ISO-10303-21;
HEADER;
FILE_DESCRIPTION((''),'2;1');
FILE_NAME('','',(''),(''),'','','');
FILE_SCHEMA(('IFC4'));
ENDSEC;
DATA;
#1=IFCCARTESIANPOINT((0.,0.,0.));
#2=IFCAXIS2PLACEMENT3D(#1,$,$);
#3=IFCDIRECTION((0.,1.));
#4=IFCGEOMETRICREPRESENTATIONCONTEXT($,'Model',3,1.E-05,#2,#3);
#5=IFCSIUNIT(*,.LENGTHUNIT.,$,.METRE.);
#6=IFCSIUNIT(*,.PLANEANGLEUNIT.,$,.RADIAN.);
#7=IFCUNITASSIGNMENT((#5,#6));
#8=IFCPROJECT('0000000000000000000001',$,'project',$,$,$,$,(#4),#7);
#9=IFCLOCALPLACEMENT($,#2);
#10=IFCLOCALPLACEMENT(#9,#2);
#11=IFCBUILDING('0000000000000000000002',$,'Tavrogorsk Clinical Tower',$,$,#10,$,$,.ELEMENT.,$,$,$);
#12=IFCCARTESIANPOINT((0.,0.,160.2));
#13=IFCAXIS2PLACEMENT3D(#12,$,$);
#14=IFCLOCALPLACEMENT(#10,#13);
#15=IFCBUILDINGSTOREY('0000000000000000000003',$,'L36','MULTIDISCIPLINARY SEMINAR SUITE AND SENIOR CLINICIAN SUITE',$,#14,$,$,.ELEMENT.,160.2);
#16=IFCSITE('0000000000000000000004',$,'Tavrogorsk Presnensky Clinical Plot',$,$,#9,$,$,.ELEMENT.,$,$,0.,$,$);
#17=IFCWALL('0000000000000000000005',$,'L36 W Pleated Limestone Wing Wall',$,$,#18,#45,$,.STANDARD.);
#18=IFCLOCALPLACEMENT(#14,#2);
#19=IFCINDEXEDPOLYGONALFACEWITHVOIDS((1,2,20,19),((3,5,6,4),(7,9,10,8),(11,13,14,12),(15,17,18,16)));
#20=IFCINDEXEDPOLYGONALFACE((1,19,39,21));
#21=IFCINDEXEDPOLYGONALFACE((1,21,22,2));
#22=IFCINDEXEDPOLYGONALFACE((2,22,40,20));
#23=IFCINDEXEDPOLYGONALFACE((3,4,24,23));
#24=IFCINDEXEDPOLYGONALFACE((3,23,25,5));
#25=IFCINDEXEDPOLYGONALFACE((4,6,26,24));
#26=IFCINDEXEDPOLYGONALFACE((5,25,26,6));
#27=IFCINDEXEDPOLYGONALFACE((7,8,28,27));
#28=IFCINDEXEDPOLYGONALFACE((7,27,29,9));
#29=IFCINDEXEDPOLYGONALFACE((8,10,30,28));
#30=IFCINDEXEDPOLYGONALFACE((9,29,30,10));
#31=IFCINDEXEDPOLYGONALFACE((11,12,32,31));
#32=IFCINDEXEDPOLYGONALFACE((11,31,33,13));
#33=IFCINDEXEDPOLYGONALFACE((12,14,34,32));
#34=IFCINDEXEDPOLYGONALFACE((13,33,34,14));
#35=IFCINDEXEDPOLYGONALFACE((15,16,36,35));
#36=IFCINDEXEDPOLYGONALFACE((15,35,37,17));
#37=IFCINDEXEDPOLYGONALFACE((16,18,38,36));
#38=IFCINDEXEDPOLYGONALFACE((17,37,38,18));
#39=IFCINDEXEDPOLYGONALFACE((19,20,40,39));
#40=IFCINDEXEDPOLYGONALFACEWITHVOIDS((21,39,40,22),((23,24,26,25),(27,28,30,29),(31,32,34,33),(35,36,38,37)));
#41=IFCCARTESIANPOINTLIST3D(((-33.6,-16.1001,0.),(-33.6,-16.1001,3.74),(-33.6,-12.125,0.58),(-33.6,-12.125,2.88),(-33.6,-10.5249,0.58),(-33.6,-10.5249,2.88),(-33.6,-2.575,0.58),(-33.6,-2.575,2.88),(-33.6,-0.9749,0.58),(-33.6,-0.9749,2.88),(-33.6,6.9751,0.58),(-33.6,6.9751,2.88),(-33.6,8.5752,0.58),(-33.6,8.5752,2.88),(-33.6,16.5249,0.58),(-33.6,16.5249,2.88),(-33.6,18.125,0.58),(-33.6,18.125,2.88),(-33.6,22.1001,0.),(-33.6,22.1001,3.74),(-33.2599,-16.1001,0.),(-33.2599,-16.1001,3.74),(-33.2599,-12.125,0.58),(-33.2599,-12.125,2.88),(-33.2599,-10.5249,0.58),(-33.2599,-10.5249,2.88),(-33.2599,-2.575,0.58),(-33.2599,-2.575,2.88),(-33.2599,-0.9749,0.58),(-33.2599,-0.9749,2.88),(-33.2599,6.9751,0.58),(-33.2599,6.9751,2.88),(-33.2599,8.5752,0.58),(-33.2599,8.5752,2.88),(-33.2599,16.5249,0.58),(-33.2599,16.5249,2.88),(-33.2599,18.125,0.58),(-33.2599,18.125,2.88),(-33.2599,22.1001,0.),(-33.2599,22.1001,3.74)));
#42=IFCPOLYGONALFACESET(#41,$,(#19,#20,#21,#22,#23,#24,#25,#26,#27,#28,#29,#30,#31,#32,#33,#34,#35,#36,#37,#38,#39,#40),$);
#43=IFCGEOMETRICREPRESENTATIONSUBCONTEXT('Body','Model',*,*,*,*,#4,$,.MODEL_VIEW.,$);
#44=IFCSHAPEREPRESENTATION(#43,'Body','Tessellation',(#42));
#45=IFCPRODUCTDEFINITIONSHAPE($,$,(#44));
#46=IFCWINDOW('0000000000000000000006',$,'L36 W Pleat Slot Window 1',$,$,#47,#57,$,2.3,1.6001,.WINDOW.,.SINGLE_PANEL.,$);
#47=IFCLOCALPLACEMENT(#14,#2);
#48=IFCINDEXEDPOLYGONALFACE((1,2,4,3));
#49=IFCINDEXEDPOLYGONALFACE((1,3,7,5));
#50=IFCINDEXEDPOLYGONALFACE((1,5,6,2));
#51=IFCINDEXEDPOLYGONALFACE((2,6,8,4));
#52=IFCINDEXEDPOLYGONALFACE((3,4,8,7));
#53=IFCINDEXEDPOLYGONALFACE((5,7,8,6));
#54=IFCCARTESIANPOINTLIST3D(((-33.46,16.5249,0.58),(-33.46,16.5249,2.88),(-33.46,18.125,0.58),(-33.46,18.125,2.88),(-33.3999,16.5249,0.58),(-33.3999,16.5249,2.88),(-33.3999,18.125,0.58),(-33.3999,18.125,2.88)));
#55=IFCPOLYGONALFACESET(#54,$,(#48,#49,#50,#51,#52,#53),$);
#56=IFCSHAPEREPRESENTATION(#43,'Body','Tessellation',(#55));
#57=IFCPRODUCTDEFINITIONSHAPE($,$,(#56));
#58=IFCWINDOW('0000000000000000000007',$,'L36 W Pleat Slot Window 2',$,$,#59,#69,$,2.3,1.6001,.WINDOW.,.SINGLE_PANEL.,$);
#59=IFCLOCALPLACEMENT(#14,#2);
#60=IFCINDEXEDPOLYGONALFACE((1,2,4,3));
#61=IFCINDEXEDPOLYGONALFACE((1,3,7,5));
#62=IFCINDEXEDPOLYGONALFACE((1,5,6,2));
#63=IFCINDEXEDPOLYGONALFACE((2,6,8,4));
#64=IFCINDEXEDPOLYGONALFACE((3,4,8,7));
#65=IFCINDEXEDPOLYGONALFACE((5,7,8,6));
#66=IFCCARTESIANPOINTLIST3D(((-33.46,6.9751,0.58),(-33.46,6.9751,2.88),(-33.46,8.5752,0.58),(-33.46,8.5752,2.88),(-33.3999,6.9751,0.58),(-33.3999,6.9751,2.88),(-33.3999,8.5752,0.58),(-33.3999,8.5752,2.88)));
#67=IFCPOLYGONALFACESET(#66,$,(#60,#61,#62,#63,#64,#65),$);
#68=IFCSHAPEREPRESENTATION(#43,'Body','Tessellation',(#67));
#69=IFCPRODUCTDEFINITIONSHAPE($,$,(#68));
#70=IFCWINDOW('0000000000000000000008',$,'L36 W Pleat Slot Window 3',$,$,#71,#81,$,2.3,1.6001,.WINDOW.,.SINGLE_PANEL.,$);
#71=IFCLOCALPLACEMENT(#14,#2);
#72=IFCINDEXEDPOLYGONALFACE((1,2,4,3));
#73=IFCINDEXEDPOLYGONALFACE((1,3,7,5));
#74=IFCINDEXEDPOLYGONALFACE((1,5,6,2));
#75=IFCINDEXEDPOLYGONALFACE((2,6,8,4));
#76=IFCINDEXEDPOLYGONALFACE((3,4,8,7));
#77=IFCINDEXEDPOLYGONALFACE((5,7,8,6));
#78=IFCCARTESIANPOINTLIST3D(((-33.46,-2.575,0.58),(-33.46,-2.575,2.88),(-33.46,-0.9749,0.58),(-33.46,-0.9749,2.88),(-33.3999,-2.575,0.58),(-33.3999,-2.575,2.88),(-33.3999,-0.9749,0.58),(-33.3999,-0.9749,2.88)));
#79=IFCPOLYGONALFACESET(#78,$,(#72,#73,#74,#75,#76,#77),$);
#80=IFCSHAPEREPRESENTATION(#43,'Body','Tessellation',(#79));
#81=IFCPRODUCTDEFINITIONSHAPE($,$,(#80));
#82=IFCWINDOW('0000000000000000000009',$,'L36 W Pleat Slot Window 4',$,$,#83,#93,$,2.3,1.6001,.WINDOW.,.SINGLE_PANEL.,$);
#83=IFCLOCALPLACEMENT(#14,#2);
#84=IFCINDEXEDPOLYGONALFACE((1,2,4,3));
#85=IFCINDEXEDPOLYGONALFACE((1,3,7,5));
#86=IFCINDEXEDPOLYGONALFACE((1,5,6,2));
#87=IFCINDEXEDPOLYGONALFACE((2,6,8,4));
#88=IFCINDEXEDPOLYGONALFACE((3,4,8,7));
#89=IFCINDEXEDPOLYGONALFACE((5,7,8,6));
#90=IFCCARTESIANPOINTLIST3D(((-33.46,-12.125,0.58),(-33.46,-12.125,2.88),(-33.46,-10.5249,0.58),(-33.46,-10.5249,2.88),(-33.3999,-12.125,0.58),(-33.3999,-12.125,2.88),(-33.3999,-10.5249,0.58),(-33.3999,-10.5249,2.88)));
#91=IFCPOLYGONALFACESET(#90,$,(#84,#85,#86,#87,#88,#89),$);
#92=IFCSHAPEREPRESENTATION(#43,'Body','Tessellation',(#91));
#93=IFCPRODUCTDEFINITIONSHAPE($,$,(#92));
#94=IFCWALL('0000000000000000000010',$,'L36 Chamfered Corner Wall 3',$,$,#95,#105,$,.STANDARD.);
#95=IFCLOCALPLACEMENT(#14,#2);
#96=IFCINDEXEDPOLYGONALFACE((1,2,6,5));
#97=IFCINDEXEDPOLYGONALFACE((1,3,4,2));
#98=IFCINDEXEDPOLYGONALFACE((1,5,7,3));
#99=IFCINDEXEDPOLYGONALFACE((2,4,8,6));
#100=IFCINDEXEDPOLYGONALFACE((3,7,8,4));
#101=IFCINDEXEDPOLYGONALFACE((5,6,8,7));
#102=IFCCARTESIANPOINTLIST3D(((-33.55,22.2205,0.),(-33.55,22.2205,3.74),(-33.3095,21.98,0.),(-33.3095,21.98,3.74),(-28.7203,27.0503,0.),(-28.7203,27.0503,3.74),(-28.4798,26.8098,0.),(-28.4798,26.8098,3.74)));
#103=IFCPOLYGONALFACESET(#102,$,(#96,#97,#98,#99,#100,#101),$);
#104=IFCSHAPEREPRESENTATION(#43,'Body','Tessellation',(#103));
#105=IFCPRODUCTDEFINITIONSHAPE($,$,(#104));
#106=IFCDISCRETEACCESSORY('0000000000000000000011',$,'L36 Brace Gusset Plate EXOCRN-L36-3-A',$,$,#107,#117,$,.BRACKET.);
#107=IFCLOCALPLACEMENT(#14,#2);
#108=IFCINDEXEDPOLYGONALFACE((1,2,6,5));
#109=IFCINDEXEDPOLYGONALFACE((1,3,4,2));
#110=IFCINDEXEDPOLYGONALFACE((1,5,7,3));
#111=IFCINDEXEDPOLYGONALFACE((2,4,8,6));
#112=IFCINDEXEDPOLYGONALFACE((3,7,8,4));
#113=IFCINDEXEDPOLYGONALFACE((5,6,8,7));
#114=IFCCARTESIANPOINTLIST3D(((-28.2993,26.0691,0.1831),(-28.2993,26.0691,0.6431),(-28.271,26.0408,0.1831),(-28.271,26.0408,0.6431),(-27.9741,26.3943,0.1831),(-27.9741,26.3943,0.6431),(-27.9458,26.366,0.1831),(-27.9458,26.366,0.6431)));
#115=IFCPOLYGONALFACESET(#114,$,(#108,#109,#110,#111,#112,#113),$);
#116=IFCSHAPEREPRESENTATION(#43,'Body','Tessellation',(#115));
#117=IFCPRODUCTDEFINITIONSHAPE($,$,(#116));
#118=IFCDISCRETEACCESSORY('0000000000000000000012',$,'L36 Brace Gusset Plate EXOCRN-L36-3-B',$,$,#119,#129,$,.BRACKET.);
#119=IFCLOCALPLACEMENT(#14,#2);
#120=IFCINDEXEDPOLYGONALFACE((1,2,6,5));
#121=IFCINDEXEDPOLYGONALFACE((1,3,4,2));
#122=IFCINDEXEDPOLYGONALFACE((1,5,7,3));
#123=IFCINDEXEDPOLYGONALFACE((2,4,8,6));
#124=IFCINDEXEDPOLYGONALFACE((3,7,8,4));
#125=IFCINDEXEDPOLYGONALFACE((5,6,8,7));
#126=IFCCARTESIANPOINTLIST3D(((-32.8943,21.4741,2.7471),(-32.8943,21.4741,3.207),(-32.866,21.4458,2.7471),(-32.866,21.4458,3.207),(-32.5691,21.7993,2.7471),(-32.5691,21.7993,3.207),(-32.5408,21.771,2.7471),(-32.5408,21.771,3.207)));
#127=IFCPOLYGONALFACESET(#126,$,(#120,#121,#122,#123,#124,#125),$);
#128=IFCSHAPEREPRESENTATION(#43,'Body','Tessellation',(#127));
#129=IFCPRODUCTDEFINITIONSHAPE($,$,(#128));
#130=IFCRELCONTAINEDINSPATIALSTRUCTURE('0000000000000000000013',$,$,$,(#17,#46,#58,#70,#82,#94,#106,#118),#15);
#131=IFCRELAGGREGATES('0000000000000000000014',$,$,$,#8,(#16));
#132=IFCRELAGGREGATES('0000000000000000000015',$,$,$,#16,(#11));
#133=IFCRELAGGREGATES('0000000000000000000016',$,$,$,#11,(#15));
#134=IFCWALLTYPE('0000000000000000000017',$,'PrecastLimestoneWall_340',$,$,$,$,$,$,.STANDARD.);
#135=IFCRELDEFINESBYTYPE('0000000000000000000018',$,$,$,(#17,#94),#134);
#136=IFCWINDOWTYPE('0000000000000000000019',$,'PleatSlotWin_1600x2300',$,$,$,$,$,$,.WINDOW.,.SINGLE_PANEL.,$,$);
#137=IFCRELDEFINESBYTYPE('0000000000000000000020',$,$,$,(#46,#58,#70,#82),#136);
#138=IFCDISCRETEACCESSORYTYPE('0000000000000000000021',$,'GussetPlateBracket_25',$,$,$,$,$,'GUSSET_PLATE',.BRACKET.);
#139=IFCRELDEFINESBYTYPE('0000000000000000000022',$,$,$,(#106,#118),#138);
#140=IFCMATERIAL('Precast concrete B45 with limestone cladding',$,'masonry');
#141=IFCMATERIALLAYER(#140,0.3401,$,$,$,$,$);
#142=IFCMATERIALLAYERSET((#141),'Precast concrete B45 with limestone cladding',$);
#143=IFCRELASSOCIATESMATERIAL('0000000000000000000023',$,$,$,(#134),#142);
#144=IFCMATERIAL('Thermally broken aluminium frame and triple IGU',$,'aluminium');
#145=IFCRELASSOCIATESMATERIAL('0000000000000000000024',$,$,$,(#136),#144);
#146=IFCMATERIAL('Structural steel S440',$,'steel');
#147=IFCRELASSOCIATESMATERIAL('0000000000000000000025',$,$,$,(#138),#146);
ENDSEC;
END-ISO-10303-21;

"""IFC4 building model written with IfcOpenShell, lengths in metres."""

from ifc_helpers import new_model, si_unit, direction, frame, frame_2d, origin, origin_2d, place, context, subcontext, project, spatial, rectangle, extrude, material, layer, layer_set, type_object, element, fill, save


model = new_model("IFC4")

# Units and contexts
model_context = context("Model", 3, precision=1e-05, world=origin(), true_north=direction((0.0, 1.0)))
body_context = subcontext(model_context, "Body", "Model", "MODEL_VIEW")
ifc_project = project(units=[si_unit("LENGTHUNIT", "METRE"), si_unit("PLANEANGLEUNIT", "RADIAN")], contexts=[model_context])

# Site, building, storey
site_placement = place(None, origin())
site = spatial("IfcSite", under=ifc_project, at=site_placement, Name="Tavrogorsk Presnensky Clinical Plot", CompositionType="ELEMENT", RefElevation=0.0)
building_placement = place(site_placement, origin())
building = spatial("IfcBuilding", under=site, at=building_placement, Name="Tavrogorsk Clinical Tower", CompositionType="ELEMENT")
storey_placement = place(building_placement, frame((0.0, 0.0, 160.2)))
storey = spatial("IfcBuildingStorey", under=building, at=storey_placement, Name="L36", Description="MULTIDISCIPLINARY SEMINAR SUITE AND SENIOR CLINICIAN SUITE", CompositionType="ELEMENT", Elevation=160.2)

# Wall, openings, windows
ifc_material_1 = material(Name="Precast concrete B45 with limestone cladding", Category="masonry")
ifc_layer_1 = layer(ifc_material_1, 0.3401)
ifc_layer_set_1 = layer_set([ifc_layer_1], Name="Precast concrete B45 with limestone cladding")
wall_type_1 = type_object("IfcWallType", Name="PrecastLimestoneWall_340", PredefinedType="STANDARD", material=ifc_layer_set_1)
wall_1_placement = place(storey_placement, frame((-33.4299, 22.1001, 0.0), z_axis=(0.0, 0.0, 1.0), x_axis=(0.0, -1.0, 0.0)))
wall_1 = element("IfcWall", 1, at=wall_1_placement, inside=storey, type_object=wall_type_1, Name="L36 W Pleated Limestone Wing Wall", PredefinedType="STANDARD", context=body_context, shape_type="SweptSolid", body=[
    extrude(rectangle(XDim=38.2002, YDim=0.3401, at=frame_2d((19.1001, 0.0))), origin(), (0.0, 0.0, 1.0), 3.74),
])
opening_1_placement = place(wall_1_placement, frame((3.9751, 0.0, 0.5801)))
opening_1 = element("IfcOpeningElement", 2, at=opening_1_placement, cuts=wall_1, PredefinedType="OPENING", context=body_context, shape_type="SweptSolid", body=[
    extrude(rectangle(XDim=1.6001, YDim=2.3, at=frame_2d((0.8, 1.1499))), frame((0.0, 0.1799, 0.0), z_axis=(0.0, -1.0, 0.0), x_axis=(1.0, 0.0, 0.0)), (0.0, 0.0, 1.0), 0.3601),
])
opening_2_placement = place(wall_1_placement, frame((13.5249, 0.0, 0.5801)))
opening_2 = element("IfcOpeningElement", 3, at=opening_2_placement, cuts=wall_1, PredefinedType="OPENING", context=body_context, shape_type="SweptSolid", body=[
    extrude(rectangle(XDim=1.6001, YDim=2.3, at=frame_2d((0.8, 1.1499))), frame((0.0, 0.1799, 0.0), z_axis=(0.0, -1.0, 0.0), x_axis=(1.0, 0.0, 0.0)), (0.0, 0.0, 1.0), 0.3601),
])
opening_3_placement = place(wall_1_placement, frame((23.075, 0.0, 0.5801)))
opening_3 = element("IfcOpeningElement", 4, at=opening_3_placement, cuts=wall_1, PredefinedType="OPENING", context=body_context, shape_type="SweptSolid", body=[
    extrude(rectangle(XDim=1.6001, YDim=2.3, at=frame_2d((0.8, 1.1499))), frame((0.0, 0.1799, 0.0), z_axis=(0.0, -1.0, 0.0), x_axis=(1.0, 0.0, 0.0)), (0.0, 0.0, 1.0), 0.3601),
])
opening_4_placement = place(wall_1_placement, frame((32.625, 0.0, 0.5801)))
opening_4 = element("IfcOpeningElement", 5, at=opening_4_placement, cuts=wall_1, PredefinedType="OPENING", context=body_context, shape_type="SweptSolid", body=[
    extrude(rectangle(XDim=1.6001, YDim=2.3, at=frame_2d((0.8, 1.1499))), frame((0.0, 0.1799, 0.0), z_axis=(0.0, -1.0, 0.0), x_axis=(1.0, 0.0, 0.0)), (0.0, 0.0, 1.0), 0.3601),
])
ifc_material_2 = material(Name="Thermally broken aluminium frame and triple IGU", Category="aluminium")
window_type = type_object("IfcWindowType", Name="PleatSlotWin_1600x2300", PartitioningType="SINGLE_PANEL", PredefinedType="WINDOW", material=ifc_material_2)
window_1_placement = place(opening_1_placement, origin())
window_1 = element("IfcWindow", 6, at=window_1_placement, inside=storey, type_object=window_type, Name="L36 W Pleat Slot Window 1", OverallHeight=2.3, OverallWidth=1.6001, PartitioningType="SINGLE_PANEL", PredefinedType="WINDOW", context=body_context, shape_type="SweptSolid", body=[
    extrude(rectangle(XDim=1.6001, YDim=2.3, at=frame_2d((0.8, 1.1499))), frame((0.0, 0.03, 0.0), z_axis=(0.0, -1.0, 0.0), x_axis=(1.0, 0.0, 0.0)), (0.0, 0.0, 1.0), 0.0601),
])
fill(opening_1, window_1)
window_2_placement = place(opening_2_placement, origin())
window_2 = element("IfcWindow", 7, at=window_2_placement, inside=storey, type_object=window_type, Name="L36 W Pleat Slot Window 2", OverallHeight=2.3, OverallWidth=1.6001, PartitioningType="SINGLE_PANEL", PredefinedType="WINDOW", context=body_context, shape_type="SweptSolid", body=[
    extrude(rectangle(XDim=1.6001, YDim=2.3, at=frame_2d((0.8, 1.1499))), frame((0.0, 0.03, 0.0), z_axis=(0.0, -1.0, 0.0), x_axis=(1.0, 0.0, 0.0)), (0.0, 0.0, 1.0), 0.0601),
])
fill(opening_2, window_2)
window_3_placement = place(opening_3_placement, origin())
window_3 = element("IfcWindow", 8, at=window_3_placement, inside=storey, type_object=window_type, Name="L36 W Pleat Slot Window 3", OverallHeight=2.3, OverallWidth=1.6001, PartitioningType="SINGLE_PANEL", PredefinedType="WINDOW", context=body_context, shape_type="SweptSolid", body=[
    extrude(rectangle(XDim=1.6001, YDim=2.3, at=frame_2d((0.8, 1.1499))), frame((0.0, 0.03, 0.0), z_axis=(0.0, -1.0, 0.0), x_axis=(1.0, 0.0, 0.0)), (0.0, 0.0, 1.0), 0.0601),
])
fill(opening_3, window_3)
window_4_placement = place(opening_4_placement, origin())
window_4 = element("IfcWindow", 9, at=window_4_placement, inside=storey, type_object=window_type, Name="L36 W Pleat Slot Window 4", OverallHeight=2.3, OverallWidth=1.6001, PartitioningType="SINGLE_PANEL", PredefinedType="WINDOW", context=body_context, shape_type="SweptSolid", body=[
    extrude(rectangle(XDim=1.6001, YDim=2.3, at=frame_2d((0.8, 1.1499))), frame((0.0, 0.03, 0.0), z_axis=(0.0, -1.0, 0.0), x_axis=(1.0, 0.0, 0.0)), (0.0, 0.0, 1.0), 0.0601),
])
fill(opening_4, window_4)

# Wall
wall_2_placement = place(storey_placement, frame((-28.6001, 26.9299, 0.0), z_axis=(0.0, 0.0, 1.0), x_axis=(-0.707107, -0.707107, 0.0)))
element("IfcWall", 10, at=wall_2_placement, inside=storey, type_object=wall_type_1, Name="L36 Chamfered Corner Wall 3", PredefinedType="STANDARD", context=body_context, shape_type="SweptSolid", body=[
    extrude(rectangle(XDim=6.8303, YDim=0.3401, at=frame_2d((3.415, 0.0))), origin(), (0.0, 0.0, 1.0), 3.74),
])

# Discrete accessories
ifc_material_3 = material(Name="Structural steel S440", Category="steel")
discrete_accessory_type = type_object("IfcDiscreteAccessoryType", Name="GussetPlateBracket_25", ElementType="GUSSET_PLATE", PredefinedType="BRACKET", material=ifc_material_3)
for number, where, z_axis, x_axis, name in (
    (11, (-28.1226, 26.2175, 0.1831), (0.0, 0.0, 1.0), (-0.707107, -0.707107, 0.0), "L36 Brace Gusset Plate EXOCRN-L36-3-A"),
    (12, (-32.7175, 21.6226, 2.7471), (0.0, 0.0, 1.0), (-0.707107, -0.707107, 0.0), "L36 Brace Gusset Plate EXOCRN-L36-3-B"),
):
    element("IfcDiscreteAccessory", number, at=place(storey_placement, frame(where, z_axis=z_axis, x_axis=x_axis)), inside=storey, type_object=discrete_accessory_type, Name=name, PredefinedType="BRACKET", context=body_context, shape_type="SweptSolid", body=[
        extrude(rectangle(XDim=0.46, YDim=0.04, at=origin_2d()), origin(), (0.0, 0.0, 1.0), 0.46),
    ])

save(model, "model.ifc")
